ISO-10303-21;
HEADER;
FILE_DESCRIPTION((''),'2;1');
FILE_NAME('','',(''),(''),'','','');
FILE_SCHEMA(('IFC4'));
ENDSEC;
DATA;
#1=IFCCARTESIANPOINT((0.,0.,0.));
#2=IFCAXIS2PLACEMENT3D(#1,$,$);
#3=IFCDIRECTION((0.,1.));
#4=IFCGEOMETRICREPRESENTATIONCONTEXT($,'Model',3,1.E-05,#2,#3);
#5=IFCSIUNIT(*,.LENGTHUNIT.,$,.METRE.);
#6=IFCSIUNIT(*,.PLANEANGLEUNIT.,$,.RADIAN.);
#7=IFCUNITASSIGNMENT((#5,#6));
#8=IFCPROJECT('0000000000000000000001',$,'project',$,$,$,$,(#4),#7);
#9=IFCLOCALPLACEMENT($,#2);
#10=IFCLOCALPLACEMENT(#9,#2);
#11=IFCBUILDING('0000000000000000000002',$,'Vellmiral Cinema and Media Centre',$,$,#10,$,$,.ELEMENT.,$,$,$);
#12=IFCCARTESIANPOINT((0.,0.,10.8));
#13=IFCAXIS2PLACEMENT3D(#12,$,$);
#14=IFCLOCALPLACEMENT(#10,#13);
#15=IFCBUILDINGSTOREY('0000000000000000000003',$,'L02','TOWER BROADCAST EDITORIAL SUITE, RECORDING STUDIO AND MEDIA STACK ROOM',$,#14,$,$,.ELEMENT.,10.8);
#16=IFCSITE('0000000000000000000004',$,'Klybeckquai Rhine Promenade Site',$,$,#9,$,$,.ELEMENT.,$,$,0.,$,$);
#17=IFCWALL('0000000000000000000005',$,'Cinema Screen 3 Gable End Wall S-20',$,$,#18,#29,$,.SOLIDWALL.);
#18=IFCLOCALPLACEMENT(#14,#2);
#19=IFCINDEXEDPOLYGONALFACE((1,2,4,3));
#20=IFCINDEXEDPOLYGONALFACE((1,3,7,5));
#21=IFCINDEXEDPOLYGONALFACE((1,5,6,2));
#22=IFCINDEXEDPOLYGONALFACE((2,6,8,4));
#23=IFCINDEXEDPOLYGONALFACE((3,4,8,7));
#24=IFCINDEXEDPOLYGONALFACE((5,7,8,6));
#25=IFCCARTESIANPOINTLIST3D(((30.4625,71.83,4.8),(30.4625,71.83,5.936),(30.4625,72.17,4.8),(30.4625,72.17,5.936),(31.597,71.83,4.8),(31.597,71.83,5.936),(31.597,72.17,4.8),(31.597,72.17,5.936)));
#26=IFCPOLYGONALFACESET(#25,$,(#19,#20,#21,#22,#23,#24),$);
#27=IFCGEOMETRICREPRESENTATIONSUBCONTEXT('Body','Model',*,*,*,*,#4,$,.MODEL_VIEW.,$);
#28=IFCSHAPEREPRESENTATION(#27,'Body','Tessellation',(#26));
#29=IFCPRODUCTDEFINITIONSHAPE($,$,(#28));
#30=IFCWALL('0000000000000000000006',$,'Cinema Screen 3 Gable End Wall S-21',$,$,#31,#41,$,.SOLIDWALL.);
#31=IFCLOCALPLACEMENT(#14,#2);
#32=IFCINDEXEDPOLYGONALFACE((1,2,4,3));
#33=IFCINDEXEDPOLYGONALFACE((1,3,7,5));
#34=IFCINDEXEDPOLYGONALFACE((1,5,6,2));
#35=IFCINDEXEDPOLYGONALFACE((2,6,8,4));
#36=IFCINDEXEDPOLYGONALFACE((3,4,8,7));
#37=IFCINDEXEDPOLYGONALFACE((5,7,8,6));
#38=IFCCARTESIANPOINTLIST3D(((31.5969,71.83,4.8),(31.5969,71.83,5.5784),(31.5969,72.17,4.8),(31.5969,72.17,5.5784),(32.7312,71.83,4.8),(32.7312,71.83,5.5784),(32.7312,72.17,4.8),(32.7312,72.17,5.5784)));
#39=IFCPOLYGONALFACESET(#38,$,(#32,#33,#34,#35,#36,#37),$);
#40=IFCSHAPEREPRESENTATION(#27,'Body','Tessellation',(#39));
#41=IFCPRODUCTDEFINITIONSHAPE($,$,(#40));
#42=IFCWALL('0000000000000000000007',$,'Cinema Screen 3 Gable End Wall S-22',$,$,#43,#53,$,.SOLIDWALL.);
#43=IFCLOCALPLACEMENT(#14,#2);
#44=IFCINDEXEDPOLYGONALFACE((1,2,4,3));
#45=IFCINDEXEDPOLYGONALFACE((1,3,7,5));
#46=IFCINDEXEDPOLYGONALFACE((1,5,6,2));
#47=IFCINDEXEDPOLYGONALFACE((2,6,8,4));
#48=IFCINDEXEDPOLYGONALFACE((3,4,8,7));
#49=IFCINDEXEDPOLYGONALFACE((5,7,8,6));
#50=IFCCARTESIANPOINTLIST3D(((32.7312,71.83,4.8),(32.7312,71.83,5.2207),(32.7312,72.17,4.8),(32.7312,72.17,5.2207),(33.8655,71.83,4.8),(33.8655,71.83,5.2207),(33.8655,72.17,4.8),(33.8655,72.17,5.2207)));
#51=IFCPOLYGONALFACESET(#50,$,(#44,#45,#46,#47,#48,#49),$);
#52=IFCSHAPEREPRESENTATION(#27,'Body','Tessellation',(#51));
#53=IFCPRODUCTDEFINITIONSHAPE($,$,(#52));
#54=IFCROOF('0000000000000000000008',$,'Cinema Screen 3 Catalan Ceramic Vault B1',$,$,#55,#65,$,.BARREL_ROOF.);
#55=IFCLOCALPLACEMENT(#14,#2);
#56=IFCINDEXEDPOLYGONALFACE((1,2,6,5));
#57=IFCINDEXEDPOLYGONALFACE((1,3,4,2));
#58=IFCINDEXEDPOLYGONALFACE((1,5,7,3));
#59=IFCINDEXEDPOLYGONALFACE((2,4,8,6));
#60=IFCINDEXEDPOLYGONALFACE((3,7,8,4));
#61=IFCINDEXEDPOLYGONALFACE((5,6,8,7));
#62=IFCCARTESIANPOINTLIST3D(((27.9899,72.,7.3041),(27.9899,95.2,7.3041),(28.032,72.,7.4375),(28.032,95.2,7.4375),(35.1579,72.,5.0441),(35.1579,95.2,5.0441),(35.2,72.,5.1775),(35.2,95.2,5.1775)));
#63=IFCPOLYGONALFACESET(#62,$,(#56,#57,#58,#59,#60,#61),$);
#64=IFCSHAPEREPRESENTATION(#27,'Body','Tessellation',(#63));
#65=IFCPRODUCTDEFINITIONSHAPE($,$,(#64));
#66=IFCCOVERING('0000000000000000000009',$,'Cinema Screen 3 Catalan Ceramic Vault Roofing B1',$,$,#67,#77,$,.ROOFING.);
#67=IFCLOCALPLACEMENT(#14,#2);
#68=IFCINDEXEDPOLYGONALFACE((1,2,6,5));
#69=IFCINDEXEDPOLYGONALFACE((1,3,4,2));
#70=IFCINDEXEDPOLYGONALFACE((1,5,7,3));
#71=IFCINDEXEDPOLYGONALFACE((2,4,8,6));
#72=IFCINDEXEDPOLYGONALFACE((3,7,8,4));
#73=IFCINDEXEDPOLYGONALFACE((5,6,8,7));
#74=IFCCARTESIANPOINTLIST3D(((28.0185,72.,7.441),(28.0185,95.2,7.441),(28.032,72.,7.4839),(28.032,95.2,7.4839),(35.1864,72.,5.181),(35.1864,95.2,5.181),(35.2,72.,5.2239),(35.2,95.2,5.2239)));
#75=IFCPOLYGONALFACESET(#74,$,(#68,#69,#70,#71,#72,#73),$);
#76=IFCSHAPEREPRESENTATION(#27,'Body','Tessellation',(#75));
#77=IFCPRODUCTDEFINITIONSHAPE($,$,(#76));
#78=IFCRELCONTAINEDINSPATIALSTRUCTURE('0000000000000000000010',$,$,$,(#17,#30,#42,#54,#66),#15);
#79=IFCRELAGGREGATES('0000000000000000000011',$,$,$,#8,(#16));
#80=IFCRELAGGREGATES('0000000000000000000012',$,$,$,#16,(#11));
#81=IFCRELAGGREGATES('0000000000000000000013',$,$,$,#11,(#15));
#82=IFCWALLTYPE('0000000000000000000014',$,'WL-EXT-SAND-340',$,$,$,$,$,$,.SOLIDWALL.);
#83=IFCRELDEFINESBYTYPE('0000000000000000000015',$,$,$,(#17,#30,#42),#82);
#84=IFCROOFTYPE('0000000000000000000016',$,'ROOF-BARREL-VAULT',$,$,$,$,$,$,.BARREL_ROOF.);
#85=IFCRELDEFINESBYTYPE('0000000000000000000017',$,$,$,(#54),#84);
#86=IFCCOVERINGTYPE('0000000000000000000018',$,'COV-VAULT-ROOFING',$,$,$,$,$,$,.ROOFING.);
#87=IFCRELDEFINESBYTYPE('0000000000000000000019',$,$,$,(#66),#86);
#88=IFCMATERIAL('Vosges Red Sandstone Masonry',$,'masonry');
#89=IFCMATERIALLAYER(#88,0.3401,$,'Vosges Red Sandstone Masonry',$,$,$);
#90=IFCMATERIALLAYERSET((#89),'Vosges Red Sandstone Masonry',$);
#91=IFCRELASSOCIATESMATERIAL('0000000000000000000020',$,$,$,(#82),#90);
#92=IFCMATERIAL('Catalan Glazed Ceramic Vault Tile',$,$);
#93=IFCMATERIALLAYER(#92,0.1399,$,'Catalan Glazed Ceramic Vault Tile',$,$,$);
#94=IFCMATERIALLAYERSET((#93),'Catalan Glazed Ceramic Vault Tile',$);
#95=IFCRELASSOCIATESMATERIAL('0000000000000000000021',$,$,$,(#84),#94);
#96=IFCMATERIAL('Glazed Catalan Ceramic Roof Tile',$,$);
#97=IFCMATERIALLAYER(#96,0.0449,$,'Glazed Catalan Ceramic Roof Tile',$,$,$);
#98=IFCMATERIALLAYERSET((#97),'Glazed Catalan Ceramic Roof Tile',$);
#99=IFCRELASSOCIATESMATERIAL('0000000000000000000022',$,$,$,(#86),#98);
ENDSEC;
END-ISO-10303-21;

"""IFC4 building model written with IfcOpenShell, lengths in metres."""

from ifc_helpers import new_model, si_unit, direction, frame, frame_2d, origin, place, context, subcontext, project, spatial, polyline, rectangle, outline, extrude, material, layer, layer_set, type_object, element, save


model = new_model("IFC4")

# Units and contexts
model_context = context("Model", 3, precision=1e-05, world=origin(), true_north=direction((0.0, 1.0)))
body_context = subcontext(model_context, "Body", "Model", "MODEL_VIEW")
ifc_project = project(units=[si_unit("LENGTHUNIT", "METRE"), si_unit("PLANEANGLEUNIT", "RADIAN")], contexts=[model_context])

# Site, building, storey
site_placement = place(None, origin())
site = spatial("IfcSite", under=ifc_project, at=site_placement, Name="Klybeckquai Rhine Promenade Site", CompositionType="ELEMENT", RefElevation=0.0)
building_placement = place(site_placement, origin())
building = spatial("IfcBuilding", under=site, at=building_placement, Name="Vellmiral Cinema and Media Centre", CompositionType="ELEMENT")
storey_placement = place(building_placement, frame((0.0, 0.0, 10.8)))
storey = spatial("IfcBuildingStorey", under=building, at=storey_placement, Name="L02", Description="TOWER BROADCAST EDITORIAL SUITE, RECORDING STUDIO AND MEDIA STACK ROOM", CompositionType="ELEMENT", Elevation=10.8)

# Walls
ifc_material_1 = material(Name="Vosges Red Sandstone Masonry", Category="masonry")
ifc_layer_1 = layer(ifc_material_1, 0.3401, Name="Vosges Red Sandstone Masonry")
ifc_layer_set_1 = layer_set([ifc_layer_1], Name="Vosges Red Sandstone Masonry")
wall_type_1 = type_object("IfcWallType", Name="WL-EXT-SAND-340", PredefinedType="SOLIDWALL", material=ifc_layer_set_1)
wall_1_placement = place(storey_placement, frame((30.4624, 72.0, 4.8), z_axis=(0.0, 0.0, 1.0), x_axis=(1.0, 0.0, 0.0)))
element("IfcWall", 1, at=wall_1_placement, inside=storey, type_object=wall_type_1, Name="Cinema Screen 3 Gable End Wall S-20", PredefinedType="SOLIDWALL", context=body_context, shape_type="SweptSolid", body=[
    extrude(rectangle(XDim=1.1345, YDim=0.3401, at=frame_2d((0.5674, 0.0))), origin(), (0.0, 0.0, 1.0), 1.136),
])
wall_2_placement = place(storey_placement, frame((31.5969, 72.0, 4.8), z_axis=(0.0, 0.0, 1.0), x_axis=(1.0, 0.0, 0.0)))
element("IfcWall", 2, at=wall_2_placement, inside=storey, type_object=wall_type_1, Name="Cinema Screen 3 Gable End Wall S-21", PredefinedType="SOLIDWALL", context=body_context, shape_type="SweptSolid", body=[
    extrude(rectangle(XDim=1.1343, YDim=0.3401, at=frame_2d((0.5671, 0.0))), origin(), (0.0, 0.0, 1.0), 0.7783),
])
wall_3_placement = place(storey_placement, frame((32.7312, 72.0, 4.8), z_axis=(0.0, 0.0, 1.0), x_axis=(1.0, 0.0, 0.0)))
element("IfcWall", 3, at=wall_3_placement, inside=storey, type_object=wall_type_1, Name="Cinema Screen 3 Gable End Wall S-22", PredefinedType="SOLIDWALL", context=body_context, shape_type="SweptSolid", body=[
    extrude(rectangle(XDim=1.1343, YDim=0.3401, at=frame_2d((0.5671, 0.0))), origin(), (0.0, 0.0, 1.0), 0.4207),
])

# Roof
ifc_material_2 = material(Name="Catalan Glazed Ceramic Vault Tile")
ifc_layer_2 = layer(ifc_material_2, 0.1399, Name="Catalan Glazed Ceramic Vault Tile")
ifc_layer_set_2 = layer_set([ifc_layer_2], Name="Catalan Glazed Ceramic Vault Tile")
roof_type = type_object("IfcRoofType", Name="ROOF-BARREL-VAULT", PredefinedType="BARREL_ROOF", material=ifc_layer_set_2)
roof_placement = place(storey_placement, frame((28.032, 72.0, 7.4375), z_axis=(0.300701, 0.0, 0.953719), x_axis=(0.953719, 0.0, -0.300701)))
element("IfcRoof", 4, at=roof_placement, inside=storey, type_object=roof_type, Name="Cinema Screen 3 Catalan Ceramic Vault B1", PredefinedType="BARREL_ROOF", context=body_context, shape_type="SweptSolid", body=[
    extrude(outline(polyline([(0.0, 0.0), (7.5158, 0.0), (7.5158, 23.2), (0.0, 23.2), (0.0, 0.0)])), origin(), (0.0, 0.0, -1.0), 0.1399),
])

# Covering
ifc_material_3 = material(Name="Glazed Catalan Ceramic Roof Tile")
ifc_layer_3 = layer(ifc_material_3, 0.0449, Name="Glazed Catalan Ceramic Roof Tile")
ifc_layer_set_3 = layer_set([ifc_layer_3], Name="Glazed Catalan Ceramic Roof Tile")
covering_type = type_object("IfcCoveringType", Name="COV-VAULT-ROOFING", PredefinedType="ROOFING", material=ifc_layer_set_3)
covering_placement = place(storey_placement, frame((28.032, 72.0, 7.4839), z_axis=(0.300701, 0.0, 0.953719), x_axis=(0.953719, 0.0, -0.300701)))
element("IfcCovering", 5, at=covering_placement, inside=storey, type_object=covering_type, Name="Cinema Screen 3 Catalan Ceramic Vault Roofing B1", PredefinedType="ROOFING", context=body_context, shape_type="SweptSolid", body=[
    extrude(outline(polyline([(0.0, 0.0), (7.5158, 0.0), (7.5158, 23.2), (0.0, 23.2), (0.0, 0.0)])), origin(), (0.0, 0.0, -1.0), 0.0449),
])

save(model, "model.ifc")
